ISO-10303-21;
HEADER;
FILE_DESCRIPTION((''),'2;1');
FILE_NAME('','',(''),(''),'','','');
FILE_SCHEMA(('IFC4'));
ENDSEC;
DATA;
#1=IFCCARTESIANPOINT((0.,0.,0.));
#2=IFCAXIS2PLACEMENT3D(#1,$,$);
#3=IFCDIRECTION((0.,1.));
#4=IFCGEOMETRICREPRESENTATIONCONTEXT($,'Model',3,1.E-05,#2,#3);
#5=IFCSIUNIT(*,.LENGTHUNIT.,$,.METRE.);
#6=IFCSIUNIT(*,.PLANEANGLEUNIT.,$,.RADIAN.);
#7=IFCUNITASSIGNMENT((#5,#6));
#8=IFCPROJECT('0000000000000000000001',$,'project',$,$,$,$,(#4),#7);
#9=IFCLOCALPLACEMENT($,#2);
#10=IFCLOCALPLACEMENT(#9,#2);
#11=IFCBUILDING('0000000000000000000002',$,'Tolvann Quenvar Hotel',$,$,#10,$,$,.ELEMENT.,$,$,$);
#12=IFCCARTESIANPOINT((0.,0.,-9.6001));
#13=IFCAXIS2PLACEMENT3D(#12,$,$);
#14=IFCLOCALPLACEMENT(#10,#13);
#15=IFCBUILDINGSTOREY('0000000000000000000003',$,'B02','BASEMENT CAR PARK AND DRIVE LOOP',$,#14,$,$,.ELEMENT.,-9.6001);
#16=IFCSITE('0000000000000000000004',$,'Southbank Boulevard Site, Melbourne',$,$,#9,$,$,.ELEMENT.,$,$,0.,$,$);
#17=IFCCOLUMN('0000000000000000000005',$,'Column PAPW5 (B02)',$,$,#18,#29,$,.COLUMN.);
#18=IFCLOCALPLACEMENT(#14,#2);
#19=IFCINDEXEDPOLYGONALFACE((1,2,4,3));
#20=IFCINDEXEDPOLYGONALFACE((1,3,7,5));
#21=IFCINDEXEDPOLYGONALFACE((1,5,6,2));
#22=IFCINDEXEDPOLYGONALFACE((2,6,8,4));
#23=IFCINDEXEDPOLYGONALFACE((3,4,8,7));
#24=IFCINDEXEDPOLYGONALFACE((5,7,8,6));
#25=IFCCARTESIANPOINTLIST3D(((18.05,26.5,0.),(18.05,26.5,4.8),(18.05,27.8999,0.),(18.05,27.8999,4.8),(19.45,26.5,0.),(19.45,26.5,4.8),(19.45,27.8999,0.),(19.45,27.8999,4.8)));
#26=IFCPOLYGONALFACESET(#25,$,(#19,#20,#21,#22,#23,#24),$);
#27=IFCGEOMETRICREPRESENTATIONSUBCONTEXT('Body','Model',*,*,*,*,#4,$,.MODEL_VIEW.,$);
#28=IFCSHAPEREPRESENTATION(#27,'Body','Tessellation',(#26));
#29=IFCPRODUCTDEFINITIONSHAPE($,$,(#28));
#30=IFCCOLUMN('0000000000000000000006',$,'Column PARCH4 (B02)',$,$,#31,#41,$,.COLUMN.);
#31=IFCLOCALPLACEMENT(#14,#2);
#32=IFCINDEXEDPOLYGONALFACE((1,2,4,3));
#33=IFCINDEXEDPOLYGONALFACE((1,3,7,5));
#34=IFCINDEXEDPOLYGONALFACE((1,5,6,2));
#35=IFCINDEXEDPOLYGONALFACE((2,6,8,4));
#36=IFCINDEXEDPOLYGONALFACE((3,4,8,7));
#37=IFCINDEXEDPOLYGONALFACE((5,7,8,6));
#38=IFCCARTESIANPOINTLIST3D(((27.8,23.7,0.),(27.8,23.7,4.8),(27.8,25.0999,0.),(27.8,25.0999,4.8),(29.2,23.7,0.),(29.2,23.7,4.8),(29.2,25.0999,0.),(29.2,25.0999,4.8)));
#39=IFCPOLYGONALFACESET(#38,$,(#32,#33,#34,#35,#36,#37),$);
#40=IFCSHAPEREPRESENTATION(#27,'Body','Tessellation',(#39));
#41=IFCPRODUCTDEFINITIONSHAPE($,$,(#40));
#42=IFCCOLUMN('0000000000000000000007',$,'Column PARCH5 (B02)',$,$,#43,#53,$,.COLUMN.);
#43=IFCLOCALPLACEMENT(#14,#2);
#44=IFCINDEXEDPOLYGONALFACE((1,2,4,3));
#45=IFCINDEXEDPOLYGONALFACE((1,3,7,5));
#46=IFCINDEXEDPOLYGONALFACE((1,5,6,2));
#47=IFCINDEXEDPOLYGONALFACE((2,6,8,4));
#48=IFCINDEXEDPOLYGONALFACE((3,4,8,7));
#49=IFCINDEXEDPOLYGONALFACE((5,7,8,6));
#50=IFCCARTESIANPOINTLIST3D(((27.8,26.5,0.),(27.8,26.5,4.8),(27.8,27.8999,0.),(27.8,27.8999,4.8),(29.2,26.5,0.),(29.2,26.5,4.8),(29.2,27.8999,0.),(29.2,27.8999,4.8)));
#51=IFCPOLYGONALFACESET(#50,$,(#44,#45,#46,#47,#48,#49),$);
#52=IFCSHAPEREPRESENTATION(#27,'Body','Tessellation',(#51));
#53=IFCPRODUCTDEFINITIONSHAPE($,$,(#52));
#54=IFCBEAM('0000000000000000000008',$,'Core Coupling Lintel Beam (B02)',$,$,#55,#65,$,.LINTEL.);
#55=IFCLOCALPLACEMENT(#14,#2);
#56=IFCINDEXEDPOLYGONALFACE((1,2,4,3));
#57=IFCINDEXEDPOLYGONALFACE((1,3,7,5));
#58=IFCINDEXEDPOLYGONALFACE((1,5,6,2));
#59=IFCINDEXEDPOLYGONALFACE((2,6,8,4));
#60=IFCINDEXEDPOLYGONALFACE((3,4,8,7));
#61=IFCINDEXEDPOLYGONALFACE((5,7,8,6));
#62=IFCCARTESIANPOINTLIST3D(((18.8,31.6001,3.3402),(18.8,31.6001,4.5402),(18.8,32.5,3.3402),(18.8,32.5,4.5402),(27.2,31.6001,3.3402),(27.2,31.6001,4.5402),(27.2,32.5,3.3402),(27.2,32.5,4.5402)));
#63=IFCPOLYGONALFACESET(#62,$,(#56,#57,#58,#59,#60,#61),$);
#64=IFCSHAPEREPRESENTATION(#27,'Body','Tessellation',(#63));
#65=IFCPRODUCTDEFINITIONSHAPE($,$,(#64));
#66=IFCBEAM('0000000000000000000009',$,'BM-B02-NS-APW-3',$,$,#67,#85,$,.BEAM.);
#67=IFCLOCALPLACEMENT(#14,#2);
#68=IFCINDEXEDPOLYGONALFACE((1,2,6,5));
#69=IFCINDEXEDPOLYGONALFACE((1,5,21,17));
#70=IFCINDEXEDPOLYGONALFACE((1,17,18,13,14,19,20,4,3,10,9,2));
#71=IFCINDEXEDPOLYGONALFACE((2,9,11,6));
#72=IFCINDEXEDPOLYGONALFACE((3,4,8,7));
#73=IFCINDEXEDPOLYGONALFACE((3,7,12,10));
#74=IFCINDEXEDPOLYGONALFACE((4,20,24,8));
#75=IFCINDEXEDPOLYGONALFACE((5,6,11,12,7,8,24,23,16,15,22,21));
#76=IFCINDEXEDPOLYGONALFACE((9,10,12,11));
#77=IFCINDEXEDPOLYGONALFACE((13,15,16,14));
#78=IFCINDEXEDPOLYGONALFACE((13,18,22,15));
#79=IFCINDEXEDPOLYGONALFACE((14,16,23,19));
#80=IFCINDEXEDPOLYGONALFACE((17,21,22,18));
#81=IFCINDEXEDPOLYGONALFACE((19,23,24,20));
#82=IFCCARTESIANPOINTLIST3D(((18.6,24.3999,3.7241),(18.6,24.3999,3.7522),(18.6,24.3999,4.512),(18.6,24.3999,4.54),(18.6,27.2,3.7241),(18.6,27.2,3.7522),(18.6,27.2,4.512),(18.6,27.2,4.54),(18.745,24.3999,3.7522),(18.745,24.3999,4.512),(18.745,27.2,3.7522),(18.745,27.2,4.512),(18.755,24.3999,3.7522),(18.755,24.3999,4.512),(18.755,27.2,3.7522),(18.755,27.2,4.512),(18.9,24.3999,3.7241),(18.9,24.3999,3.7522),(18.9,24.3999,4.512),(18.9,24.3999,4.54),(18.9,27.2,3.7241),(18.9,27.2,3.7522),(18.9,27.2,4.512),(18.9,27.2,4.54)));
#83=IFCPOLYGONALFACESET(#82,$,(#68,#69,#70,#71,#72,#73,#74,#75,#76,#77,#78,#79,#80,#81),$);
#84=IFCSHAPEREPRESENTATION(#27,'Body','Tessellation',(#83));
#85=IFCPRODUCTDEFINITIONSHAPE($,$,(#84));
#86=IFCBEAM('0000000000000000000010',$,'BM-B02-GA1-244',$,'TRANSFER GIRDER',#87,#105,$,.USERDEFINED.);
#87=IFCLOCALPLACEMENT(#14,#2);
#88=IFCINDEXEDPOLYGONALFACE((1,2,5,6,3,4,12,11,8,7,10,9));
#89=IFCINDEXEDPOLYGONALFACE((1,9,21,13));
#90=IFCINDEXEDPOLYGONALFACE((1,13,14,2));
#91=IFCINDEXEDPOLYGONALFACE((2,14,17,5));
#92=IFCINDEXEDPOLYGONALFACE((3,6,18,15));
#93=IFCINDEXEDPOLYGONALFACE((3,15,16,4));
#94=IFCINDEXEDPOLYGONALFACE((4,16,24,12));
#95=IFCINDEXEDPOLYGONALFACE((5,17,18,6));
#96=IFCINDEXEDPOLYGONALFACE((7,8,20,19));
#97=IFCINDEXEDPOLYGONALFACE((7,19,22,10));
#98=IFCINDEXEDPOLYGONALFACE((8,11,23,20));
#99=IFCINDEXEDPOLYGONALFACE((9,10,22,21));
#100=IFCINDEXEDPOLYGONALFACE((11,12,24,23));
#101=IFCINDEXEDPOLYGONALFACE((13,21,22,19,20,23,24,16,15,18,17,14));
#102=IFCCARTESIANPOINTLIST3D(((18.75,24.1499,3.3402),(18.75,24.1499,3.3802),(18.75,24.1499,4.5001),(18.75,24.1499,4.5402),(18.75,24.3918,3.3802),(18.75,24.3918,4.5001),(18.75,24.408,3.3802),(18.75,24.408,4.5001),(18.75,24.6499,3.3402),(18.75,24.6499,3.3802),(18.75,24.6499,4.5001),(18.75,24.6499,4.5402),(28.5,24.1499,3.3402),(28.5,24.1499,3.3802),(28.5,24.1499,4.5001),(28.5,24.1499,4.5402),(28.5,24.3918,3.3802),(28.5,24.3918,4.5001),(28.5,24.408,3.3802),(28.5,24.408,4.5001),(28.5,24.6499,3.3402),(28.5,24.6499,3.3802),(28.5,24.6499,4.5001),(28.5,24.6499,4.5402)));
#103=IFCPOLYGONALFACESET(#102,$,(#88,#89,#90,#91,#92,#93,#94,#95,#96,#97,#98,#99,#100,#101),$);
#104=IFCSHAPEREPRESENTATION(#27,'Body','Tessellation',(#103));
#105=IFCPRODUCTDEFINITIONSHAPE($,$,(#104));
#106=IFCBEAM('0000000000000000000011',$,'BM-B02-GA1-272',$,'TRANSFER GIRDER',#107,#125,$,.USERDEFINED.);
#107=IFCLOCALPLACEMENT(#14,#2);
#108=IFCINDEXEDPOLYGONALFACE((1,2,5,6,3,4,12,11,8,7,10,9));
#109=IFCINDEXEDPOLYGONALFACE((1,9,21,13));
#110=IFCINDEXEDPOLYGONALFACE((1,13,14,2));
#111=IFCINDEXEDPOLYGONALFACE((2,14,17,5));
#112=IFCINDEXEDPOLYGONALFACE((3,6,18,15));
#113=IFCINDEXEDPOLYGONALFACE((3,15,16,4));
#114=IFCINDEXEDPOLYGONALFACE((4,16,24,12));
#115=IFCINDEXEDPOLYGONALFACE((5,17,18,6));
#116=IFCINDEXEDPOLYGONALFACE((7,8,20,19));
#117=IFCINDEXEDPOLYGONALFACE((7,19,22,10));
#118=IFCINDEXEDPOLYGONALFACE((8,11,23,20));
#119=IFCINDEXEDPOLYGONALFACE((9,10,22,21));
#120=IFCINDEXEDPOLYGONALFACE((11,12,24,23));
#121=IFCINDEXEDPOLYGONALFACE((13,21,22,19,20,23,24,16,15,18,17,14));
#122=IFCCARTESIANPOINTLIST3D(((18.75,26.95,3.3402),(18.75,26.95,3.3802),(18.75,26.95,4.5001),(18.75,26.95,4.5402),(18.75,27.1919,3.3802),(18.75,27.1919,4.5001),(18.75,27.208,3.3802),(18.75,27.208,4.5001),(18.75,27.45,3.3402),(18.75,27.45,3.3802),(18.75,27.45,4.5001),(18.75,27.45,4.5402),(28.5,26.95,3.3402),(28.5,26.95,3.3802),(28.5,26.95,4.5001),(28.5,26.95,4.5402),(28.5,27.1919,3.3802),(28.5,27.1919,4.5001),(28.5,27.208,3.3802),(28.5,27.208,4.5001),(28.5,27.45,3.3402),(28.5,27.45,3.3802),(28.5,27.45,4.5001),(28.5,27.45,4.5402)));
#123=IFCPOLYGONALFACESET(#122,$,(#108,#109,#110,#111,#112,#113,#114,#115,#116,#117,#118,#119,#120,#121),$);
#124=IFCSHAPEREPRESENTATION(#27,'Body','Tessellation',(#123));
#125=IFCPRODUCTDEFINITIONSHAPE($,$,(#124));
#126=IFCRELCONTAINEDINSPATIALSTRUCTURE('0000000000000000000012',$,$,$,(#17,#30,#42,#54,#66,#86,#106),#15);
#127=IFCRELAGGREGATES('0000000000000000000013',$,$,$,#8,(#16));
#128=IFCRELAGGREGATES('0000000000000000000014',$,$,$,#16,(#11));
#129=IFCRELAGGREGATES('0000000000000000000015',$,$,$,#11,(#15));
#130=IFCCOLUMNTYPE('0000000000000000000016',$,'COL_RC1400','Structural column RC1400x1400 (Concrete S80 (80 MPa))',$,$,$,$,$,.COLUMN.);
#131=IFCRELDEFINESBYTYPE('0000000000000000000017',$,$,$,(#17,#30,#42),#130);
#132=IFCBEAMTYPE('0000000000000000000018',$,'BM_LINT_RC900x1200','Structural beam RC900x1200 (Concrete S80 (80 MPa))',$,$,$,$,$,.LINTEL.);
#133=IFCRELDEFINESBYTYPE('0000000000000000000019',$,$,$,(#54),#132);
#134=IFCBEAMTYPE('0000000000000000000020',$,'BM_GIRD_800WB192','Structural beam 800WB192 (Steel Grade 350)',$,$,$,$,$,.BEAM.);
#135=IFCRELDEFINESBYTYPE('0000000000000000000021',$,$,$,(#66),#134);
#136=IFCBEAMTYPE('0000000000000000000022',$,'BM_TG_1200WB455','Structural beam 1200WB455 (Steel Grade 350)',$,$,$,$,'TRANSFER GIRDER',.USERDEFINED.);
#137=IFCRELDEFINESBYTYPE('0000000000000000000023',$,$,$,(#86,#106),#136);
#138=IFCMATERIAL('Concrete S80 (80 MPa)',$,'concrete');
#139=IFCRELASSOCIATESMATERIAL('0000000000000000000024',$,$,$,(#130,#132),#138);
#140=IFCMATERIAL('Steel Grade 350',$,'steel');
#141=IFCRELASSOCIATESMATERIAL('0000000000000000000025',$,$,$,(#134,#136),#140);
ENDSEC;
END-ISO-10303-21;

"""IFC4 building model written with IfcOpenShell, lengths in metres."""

from ifc_helpers import new_model, si_unit, direction, frame, origin, origin_2d, place, context, subcontext, project, spatial, rectangle, i_section, extrude, source, transform, mapped, material, material_profile, profile_set, type_object, type_shapes, element, save


model = new_model("IFC4")

# Units and contexts
model_context = context("Model", 3, precision=1e-05, world=origin(), true_north=direction((0.0, 1.0)))
body_context = subcontext(model_context, "Body", "Model", "MODEL_VIEW")
ifc_project = project(units=[si_unit("LENGTHUNIT", "METRE"), si_unit("PLANEANGLEUNIT", "RADIAN")], contexts=[model_context])

# Site, building, storey
site_placement = place(None, origin())
site = spatial("IfcSite", under=ifc_project, at=site_placement, Name="Southbank Boulevard Site, Melbourne", CompositionType="ELEMENT", RefElevation=0.0)
building_placement = place(site_placement, origin())
building = spatial("IfcBuilding", under=site, at=building_placement, Name="Tolvann Quenvar Hotel", CompositionType="ELEMENT")
storey_placement = place(building_placement, frame((0.0, 0.0, -9.6001)))
storey = spatial("IfcBuildingStorey", under=building, at=storey_placement, Name="B02", Description="BASEMENT CAR PARK AND DRIVE LOOP", CompositionType="ELEMENT", Elevation=-9.6001)

# Columns
ifc_material_1 = material(Name="Concrete S80 (80 MPa)", Category="concrete")
ifc_material_profile_1 = material_profile(ifc_material_1, rectangle(XDim=1.3999, YDim=1.3999, at=origin_2d()), Name="RC1400x1400")
ifc_profile_set_1 = profile_set([ifc_material_profile_1], Name="Concrete S80 (80 MPa)")
column_type = type_object("IfcColumnType", Name="COL_RC1400", Description="Structural column RC1400x1400 (Concrete S80 (80 MPa))", PredefinedType="COLUMN", material=ifc_profile_set_1)
shared_shape_1 = source(origin(), body_context, "Body", "SweptSolid", [
    extrude(rectangle(XDim=1.3999, YDim=1.3999, at=origin_2d()), origin(), (0.0, 0.0, 1.0), 4.8),
])
type_shapes(column_type, [shared_shape_1])
for number, where, z_axis, x_axis, name in (
    (1, (18.75, 27.2, 0.0), (0.0, 0.0, 1.0), (1.0, 0.0, 0.0), "Column PAPW5 (B02)"),
    (2, (28.5, 24.3999, 0.0), (0.0, 0.0, 1.0), (1.0, 0.0, 0.0), "Column PARCH4 (B02)"),
    (3, (28.5, 27.2, 0.0), (0.0, 0.0, 1.0), (1.0, 0.0, 0.0), "Column PARCH5 (B02)"),
):
    element("IfcColumn", number, at=place(storey_placement, frame(where, z_axis=z_axis, x_axis=x_axis)), inside=storey, type_object=column_type, Name=name, PredefinedType="COLUMN", context=body_context, shape_type="MappedRepresentation", body=[
        mapped(shared_shape_1, transform((0.0, 0.0, 0.0), x_axis=(1.0, 0.0, 0.0), y_axis=(0.0, 1.0, 0.0), z_axis=(0.0, 0.0, 1.0), scale=1.0)),
    ])

# Beams
ifc_material_profile_2 = material_profile(ifc_material_1, rectangle(XDim=0.8999, YDim=1.2, at=origin_2d()), Name="RC900x1200")
ifc_profile_set_2 = profile_set([ifc_material_profile_2], Name="Concrete S80 (80 MPa)")
beam_type_1 = type_object("IfcBeamType", Name="BM_LINT_RC900x1200", Description="Structural beam RC900x1200 (Concrete S80 (80 MPa))", PredefinedType="LINTEL", material=ifc_profile_set_2)
shared_shape_2 = source(origin(), body_context, "Body", "SweptSolid", [
    extrude(rectangle(XDim=0.8999, YDim=1.2, at=origin_2d()), origin(), (0.0, 0.0, 1.0), 8.3999),
])
type_shapes(beam_type_1, [shared_shape_2])
beam_1_placement = place(storey_placement, frame((18.8, 32.05, 3.9402), z_axis=(1.0, 0.0, 0.0), x_axis=(0.0, 1.0, 0.0)))
element("IfcBeam", 4, at=beam_1_placement, inside=storey, type_object=beam_type_1, Name="Core Coupling Lintel Beam (B02)", PredefinedType="LINTEL", context=body_context, shape_type="MappedRepresentation", body=[
    mapped(shared_shape_2, transform((0.0, 0.0, 0.0), x_axis=(1.0, 0.0, 0.0), y_axis=(0.0, 1.0, 0.0), z_axis=(0.0, 0.0, 1.0), scale=1.0)),
])
ifc_material_2 = material(Name="Steel Grade 350", Category="steel")
ifc_material_profile_3 = material_profile(ifc_material_2, i_section(OverallWidth=0.3, OverallDepth=0.8159, WebThickness=0.01, FlangeThickness=0.0281, at=origin_2d()), Name="800WB192")
ifc_profile_set_3 = profile_set([ifc_material_profile_3], Name="Steel Grade 350")
beam_type_2 = type_object("IfcBeamType", Name="BM_GIRD_800WB192", Description="Structural beam 800WB192 (Steel Grade 350)", PredefinedType="BEAM", material=ifc_profile_set_3)
shared_shape_3 = source(origin(), body_context, "Body", "SweptSolid", [
    extrude(i_section(OverallWidth=0.3, OverallDepth=0.8159, WebThickness=0.01, FlangeThickness=0.0281, at=origin_2d()), origin(), (0.0, 0.0, 1.0), 2.8),
])
type_shapes(beam_type_2, [shared_shape_3])
beam_2_placement = place(storey_placement, frame((18.75, 24.3999, 4.1321), z_axis=(0.0, 1.0, 0.0), x_axis=(-1.0, 0.0, 0.0)))
element("IfcBeam", 5, at=beam_2_placement, inside=storey, type_object=beam_type_2, Name="BM-B02-NS-APW-3", PredefinedType="BEAM", context=body_context, shape_type="MappedRepresentation", body=[
    mapped(shared_shape_3, transform((0.0, 0.0, 0.0), x_axis=(1.0, 0.0, 0.0), y_axis=(0.0, 1.0, 0.0), z_axis=(0.0, 0.0, 1.0), scale=1.0)),
])
ifc_material_profile_4 = material_profile(ifc_material_2, i_section(OverallWidth=0.5, OverallDepth=1.2, WebThickness=0.0161, FlangeThickness=0.04, at=origin_2d()), Name="1200WB455")
ifc_profile_set_4 = profile_set([ifc_material_profile_4], Name="Steel Grade 350")
beam_type_3 = type_object("IfcBeamType", Name="BM_TG_1200WB455", Description="Structural beam 1200WB455 (Steel Grade 350)", ElementType="TRANSFER GIRDER", PredefinedType="USERDEFINED", material=ifc_profile_set_4)
shared_shape_4 = source(origin(), body_context, "Body", "SweptSolid", [
    extrude(i_section(OverallWidth=0.5, OverallDepth=1.2, WebThickness=0.0161, FlangeThickness=0.04, at=origin_2d()), origin(), (0.0, 0.0, 1.0), 9.75),
])
type_shapes(beam_type_3, [shared_shape_4])
for number, where, z_axis, x_axis, name in (
    (6, (18.75, 24.3999, 3.9402), (1.0, 0.0, 0.0), (0.0, 1.0, 0.0), "BM-B02-GA1-244"),
    (7, (18.75, 27.2, 3.9402), (1.0, 0.0, 0.0), (0.0, 1.0, 0.0), "BM-B02-GA1-272"),
):
    element("IfcBeam", number, at=place(storey_placement, frame(where, z_axis=z_axis, x_axis=x_axis)), inside=storey, type_object=beam_type_3, Name=name, ObjectType="TRANSFER GIRDER", PredefinedType="USERDEFINED", context=body_context, shape_type="MappedRepresentation", body=[
        mapped(shared_shape_4, transform((0.0, 0.0, 0.0), x_axis=(1.0, 0.0, 0.0), y_axis=(0.0, 1.0, 0.0), z_axis=(0.0, 0.0, 1.0), scale=1.0)),
    ])

save(model, "model.ifc")
